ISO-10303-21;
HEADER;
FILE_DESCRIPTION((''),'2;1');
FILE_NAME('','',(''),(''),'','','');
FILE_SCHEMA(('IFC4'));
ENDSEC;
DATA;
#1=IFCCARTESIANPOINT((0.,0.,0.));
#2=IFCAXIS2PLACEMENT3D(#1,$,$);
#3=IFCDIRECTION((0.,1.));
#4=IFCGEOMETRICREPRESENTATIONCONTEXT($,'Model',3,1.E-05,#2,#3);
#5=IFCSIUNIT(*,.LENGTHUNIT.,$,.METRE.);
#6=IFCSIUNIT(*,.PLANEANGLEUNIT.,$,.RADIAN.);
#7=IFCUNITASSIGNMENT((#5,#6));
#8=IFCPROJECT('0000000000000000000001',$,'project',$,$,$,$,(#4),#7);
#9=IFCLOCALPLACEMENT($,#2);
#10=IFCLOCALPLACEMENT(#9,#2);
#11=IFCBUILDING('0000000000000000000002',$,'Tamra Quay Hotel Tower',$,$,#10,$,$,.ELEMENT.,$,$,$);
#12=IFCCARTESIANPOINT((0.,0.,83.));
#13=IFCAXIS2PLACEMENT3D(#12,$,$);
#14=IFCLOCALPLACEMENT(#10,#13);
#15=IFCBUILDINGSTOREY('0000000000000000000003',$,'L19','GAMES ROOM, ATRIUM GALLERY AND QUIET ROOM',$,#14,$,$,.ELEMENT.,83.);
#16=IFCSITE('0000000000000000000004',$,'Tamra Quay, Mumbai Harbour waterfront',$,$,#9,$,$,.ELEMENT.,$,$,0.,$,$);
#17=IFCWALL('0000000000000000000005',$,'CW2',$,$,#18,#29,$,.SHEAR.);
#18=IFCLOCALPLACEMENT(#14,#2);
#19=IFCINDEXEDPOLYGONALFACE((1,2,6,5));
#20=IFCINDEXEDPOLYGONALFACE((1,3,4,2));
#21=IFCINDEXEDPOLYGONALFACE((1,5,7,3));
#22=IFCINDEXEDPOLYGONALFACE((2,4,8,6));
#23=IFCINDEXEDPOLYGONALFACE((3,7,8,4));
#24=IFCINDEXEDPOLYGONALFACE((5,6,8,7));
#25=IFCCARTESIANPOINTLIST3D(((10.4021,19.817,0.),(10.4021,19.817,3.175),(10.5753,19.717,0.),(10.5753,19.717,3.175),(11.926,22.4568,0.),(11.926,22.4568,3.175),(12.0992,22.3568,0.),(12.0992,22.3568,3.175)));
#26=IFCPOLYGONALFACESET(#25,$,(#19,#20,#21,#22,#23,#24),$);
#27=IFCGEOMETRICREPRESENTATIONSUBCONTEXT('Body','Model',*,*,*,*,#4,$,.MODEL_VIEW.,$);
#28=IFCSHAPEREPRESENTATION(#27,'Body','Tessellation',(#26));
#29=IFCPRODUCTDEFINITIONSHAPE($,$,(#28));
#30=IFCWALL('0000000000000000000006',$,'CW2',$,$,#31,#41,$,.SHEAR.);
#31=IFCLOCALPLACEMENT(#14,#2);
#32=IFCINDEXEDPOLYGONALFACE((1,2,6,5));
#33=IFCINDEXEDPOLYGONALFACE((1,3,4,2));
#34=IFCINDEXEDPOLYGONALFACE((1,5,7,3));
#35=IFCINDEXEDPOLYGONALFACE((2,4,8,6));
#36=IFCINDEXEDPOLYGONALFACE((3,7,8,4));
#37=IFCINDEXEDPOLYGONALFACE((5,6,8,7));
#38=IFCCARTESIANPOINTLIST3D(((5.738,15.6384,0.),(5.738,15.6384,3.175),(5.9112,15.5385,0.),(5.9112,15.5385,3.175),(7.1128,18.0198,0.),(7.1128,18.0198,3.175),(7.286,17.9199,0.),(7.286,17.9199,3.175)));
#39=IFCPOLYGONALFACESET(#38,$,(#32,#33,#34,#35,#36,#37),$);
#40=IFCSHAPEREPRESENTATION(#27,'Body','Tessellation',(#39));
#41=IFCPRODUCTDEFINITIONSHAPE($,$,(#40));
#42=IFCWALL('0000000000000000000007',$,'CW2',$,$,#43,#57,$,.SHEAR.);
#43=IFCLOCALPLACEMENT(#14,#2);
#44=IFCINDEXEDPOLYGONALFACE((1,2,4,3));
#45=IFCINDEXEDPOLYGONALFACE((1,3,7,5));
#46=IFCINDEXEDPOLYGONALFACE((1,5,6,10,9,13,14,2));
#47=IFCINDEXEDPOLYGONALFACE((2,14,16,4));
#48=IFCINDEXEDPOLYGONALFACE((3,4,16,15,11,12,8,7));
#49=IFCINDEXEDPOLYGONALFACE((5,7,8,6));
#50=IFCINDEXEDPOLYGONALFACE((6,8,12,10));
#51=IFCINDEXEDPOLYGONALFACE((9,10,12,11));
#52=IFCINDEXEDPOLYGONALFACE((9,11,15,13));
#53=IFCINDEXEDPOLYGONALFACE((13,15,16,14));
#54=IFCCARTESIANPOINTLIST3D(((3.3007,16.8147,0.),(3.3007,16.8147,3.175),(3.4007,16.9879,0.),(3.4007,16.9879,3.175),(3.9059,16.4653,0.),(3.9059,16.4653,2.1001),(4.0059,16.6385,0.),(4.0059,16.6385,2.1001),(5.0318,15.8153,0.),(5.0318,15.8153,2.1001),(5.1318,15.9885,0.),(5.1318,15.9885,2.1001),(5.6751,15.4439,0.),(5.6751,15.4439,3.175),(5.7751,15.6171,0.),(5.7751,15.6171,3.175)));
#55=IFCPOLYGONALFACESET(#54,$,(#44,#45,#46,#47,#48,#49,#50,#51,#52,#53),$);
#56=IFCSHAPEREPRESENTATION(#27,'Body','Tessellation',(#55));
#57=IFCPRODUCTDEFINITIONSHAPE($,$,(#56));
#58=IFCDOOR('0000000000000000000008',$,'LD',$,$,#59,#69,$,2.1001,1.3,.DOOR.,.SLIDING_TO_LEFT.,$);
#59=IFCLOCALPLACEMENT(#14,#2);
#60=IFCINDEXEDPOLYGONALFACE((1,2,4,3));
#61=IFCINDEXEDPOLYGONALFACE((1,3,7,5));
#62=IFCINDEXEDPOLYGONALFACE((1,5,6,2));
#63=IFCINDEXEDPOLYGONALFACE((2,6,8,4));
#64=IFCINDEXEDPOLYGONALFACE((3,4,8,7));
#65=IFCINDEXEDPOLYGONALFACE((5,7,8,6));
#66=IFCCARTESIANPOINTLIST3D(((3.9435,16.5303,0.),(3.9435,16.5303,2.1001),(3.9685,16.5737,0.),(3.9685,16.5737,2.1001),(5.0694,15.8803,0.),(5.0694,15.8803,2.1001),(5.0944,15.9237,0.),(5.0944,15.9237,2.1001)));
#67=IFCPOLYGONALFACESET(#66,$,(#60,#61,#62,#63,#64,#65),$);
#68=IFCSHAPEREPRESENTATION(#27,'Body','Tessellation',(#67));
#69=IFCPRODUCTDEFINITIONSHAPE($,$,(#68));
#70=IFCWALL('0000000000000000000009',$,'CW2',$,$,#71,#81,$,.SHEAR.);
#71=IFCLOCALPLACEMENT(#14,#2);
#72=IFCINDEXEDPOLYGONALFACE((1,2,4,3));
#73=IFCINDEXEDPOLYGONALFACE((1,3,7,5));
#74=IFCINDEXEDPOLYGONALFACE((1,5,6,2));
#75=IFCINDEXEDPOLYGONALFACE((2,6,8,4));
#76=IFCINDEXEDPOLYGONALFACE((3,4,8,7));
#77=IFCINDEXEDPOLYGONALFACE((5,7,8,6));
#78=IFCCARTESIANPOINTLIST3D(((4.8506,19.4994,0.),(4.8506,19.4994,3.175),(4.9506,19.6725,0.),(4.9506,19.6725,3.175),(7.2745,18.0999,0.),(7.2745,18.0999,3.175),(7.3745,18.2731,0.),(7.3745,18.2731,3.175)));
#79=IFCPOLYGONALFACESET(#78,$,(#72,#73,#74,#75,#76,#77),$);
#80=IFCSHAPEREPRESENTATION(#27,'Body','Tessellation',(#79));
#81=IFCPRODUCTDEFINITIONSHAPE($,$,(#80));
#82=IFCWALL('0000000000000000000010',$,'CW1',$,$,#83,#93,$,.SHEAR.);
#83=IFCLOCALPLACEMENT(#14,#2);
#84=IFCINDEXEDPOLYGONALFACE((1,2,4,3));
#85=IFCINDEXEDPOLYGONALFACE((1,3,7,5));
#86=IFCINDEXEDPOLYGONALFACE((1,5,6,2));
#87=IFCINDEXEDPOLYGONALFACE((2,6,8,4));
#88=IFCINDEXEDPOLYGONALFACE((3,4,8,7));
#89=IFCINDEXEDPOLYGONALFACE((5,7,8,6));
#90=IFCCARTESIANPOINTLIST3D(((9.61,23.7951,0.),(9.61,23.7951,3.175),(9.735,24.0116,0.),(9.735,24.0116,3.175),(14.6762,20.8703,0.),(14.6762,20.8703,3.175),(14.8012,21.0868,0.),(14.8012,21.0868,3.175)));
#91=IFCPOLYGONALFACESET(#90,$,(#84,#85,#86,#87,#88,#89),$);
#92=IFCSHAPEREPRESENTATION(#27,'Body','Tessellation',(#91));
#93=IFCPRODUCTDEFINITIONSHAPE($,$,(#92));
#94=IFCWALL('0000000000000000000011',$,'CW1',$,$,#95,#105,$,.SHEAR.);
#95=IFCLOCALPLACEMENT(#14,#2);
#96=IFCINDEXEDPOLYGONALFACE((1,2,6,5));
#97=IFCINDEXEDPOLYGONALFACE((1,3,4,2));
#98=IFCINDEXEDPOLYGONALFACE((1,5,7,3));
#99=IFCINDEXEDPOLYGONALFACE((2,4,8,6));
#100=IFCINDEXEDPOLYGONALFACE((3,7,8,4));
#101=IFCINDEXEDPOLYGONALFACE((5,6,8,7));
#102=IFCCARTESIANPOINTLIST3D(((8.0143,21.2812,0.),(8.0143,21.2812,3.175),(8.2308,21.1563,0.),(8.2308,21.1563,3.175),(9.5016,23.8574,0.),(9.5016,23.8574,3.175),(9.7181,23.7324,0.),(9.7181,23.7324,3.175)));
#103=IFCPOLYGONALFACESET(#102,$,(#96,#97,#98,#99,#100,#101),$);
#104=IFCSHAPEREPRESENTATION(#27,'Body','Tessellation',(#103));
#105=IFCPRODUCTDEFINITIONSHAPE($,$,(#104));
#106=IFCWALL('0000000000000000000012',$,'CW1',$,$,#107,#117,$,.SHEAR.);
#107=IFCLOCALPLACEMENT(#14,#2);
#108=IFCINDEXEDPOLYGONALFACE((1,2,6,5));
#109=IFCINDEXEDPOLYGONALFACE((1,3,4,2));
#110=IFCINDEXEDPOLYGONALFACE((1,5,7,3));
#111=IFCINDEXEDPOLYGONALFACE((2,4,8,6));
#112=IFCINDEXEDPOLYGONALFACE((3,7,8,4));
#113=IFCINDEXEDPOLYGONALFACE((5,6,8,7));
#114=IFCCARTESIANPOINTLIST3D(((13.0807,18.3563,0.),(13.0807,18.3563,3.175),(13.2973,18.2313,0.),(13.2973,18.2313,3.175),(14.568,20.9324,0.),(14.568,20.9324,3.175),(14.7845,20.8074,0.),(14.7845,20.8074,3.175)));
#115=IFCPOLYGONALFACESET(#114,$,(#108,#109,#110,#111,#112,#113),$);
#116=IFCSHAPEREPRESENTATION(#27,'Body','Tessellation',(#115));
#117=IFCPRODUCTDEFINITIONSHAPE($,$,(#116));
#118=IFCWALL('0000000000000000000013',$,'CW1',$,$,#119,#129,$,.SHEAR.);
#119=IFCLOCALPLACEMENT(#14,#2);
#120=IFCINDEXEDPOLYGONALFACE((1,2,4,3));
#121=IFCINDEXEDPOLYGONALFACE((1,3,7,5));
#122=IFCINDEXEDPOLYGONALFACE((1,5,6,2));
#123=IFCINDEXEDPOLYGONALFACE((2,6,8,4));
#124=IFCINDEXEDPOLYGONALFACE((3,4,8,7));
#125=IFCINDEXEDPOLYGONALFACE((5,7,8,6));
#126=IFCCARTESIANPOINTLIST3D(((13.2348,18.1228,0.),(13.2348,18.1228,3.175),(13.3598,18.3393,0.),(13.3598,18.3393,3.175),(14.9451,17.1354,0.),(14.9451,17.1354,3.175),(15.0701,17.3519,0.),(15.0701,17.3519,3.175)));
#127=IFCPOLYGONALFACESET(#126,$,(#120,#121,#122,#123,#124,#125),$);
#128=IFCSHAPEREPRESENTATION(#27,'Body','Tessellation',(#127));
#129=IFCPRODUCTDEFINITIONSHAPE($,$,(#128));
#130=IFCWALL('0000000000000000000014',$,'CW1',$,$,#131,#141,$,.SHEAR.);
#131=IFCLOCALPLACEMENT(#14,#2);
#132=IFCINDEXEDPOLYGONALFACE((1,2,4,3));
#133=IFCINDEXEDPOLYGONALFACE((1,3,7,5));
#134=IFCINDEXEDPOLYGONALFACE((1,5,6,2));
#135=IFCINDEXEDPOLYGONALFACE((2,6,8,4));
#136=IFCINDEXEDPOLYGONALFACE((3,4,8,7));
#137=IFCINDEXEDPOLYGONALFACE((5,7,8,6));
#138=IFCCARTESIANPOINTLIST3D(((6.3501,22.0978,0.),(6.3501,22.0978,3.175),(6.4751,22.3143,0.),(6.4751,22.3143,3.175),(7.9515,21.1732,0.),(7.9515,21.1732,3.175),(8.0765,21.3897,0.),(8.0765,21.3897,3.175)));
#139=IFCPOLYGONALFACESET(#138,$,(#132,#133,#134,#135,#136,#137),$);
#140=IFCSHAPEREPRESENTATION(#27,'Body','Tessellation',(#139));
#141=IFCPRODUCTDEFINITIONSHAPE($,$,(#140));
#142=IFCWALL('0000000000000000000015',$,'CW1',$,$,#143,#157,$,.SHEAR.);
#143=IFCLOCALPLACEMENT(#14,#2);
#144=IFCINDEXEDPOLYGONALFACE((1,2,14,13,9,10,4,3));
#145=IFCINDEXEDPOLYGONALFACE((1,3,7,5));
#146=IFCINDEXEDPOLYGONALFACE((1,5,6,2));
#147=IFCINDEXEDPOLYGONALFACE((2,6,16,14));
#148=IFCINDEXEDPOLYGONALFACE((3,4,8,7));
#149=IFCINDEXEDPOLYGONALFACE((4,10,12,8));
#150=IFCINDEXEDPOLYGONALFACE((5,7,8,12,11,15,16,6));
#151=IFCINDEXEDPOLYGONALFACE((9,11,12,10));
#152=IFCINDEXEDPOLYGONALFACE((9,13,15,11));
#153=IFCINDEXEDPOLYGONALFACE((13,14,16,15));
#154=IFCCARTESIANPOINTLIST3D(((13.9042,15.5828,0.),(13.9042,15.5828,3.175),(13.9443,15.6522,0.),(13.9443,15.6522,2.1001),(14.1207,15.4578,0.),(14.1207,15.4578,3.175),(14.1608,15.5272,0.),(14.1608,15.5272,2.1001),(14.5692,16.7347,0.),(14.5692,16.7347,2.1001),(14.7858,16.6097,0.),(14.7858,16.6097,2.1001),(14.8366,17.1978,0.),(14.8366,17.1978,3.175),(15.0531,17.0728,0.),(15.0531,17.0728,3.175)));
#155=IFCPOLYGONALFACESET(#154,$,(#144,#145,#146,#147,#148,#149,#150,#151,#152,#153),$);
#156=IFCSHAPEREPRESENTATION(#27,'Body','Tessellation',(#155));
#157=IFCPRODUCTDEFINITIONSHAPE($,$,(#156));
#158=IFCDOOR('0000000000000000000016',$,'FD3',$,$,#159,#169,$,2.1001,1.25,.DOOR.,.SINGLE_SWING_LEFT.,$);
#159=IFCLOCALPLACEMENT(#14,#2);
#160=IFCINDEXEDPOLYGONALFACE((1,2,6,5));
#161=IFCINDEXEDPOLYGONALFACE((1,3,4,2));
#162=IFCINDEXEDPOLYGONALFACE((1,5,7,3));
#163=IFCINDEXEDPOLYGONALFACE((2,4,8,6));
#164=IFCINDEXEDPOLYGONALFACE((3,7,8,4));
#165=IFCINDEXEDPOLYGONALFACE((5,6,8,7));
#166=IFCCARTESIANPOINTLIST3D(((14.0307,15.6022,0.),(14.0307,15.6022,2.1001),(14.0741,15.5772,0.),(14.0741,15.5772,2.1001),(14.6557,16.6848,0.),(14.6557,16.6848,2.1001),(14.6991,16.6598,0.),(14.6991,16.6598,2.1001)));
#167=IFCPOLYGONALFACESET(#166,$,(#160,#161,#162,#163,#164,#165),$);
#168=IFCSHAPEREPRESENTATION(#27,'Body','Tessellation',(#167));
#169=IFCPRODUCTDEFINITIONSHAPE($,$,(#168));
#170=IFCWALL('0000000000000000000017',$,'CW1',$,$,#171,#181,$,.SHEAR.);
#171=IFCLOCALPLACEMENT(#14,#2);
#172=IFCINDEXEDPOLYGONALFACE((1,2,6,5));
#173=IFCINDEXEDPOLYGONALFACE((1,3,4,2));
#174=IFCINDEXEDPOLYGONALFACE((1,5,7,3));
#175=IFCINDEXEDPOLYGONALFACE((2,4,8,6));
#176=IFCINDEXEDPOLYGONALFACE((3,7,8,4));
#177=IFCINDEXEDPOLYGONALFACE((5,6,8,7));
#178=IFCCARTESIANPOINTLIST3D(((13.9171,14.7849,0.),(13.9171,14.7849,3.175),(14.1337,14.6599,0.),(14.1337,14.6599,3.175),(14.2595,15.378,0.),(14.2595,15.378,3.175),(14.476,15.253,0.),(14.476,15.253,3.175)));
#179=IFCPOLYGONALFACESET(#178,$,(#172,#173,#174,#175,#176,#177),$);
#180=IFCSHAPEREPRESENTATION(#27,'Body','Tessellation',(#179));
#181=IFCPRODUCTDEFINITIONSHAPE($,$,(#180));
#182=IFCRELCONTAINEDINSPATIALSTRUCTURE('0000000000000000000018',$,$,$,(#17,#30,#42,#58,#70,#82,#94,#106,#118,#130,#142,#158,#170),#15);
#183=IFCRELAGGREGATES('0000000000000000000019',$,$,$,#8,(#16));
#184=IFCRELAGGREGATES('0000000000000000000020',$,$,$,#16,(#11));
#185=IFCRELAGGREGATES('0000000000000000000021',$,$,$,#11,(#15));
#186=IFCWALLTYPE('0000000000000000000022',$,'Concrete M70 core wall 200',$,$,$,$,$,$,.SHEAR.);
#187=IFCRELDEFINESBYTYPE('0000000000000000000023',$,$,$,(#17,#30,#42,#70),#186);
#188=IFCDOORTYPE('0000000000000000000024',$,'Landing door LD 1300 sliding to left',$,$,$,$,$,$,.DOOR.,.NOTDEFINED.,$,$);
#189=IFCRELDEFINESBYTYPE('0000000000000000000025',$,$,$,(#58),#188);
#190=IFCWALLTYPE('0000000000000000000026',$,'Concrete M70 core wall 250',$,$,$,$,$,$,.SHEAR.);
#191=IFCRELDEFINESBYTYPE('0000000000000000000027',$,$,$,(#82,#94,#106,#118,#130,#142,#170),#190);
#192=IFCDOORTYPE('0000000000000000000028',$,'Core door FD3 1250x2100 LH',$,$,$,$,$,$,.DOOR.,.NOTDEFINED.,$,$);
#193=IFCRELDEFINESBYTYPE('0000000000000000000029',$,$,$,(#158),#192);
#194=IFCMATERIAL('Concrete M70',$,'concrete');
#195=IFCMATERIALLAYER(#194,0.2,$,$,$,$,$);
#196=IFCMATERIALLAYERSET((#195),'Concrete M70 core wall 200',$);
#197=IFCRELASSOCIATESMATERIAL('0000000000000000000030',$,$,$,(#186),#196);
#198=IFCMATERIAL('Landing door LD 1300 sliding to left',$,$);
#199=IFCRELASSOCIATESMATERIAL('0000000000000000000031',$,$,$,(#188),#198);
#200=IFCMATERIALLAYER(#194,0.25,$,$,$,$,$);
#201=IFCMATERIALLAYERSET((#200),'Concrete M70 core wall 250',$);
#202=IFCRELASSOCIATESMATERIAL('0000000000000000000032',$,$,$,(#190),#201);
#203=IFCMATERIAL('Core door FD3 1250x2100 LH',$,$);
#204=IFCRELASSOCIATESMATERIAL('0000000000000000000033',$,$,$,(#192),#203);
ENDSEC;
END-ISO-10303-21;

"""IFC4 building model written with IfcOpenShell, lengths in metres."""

from ifc_helpers import new_model, si_unit, direction, frame, frame_2d, origin, place, context, subcontext, project, spatial, rectangle, extrude, material, layer, layer_set, type_object, element, fill, save


model = new_model("IFC4")

# Units and contexts
model_context = context("Model", 3, precision=1e-05, world=origin(), true_north=direction((0.0, 1.0)))
body_context = subcontext(model_context, "Body", "Model", "MODEL_VIEW")
ifc_project = project(units=[si_unit("LENGTHUNIT", "METRE"), si_unit("PLANEANGLEUNIT", "RADIAN")], contexts=[model_context])

# Site, building, storey
site_placement = place(None, origin())
site = spatial("IfcSite", under=ifc_project, at=site_placement, Name="Tamra Quay, Mumbai Harbour waterfront", CompositionType="ELEMENT", RefElevation=0.0)
building_placement = place(site_placement, origin())
building = spatial("IfcBuilding", under=site, at=building_placement, Name="Tamra Quay Hotel Tower", CompositionType="ELEMENT")
storey_placement = place(building_placement, frame((0.0, 0.0, 83.0)))
storey = spatial("IfcBuildingStorey", under=building, at=storey_placement, Name="L19", Description="GAMES ROOM, ATRIUM GALLERY AND QUIET ROOM", CompositionType="ELEMENT", Elevation=83.0)

# Shared definitions
ifc_material_1 = material(Name="Concrete M70", Category="concrete")

# Shared definitions
ifc_layer_1 = layer(ifc_material_1, 0.2)
ifc_layer_set_1 = layer_set([ifc_layer_1], Name="Concrete M70 core wall 200")
wall_type_1 = type_object("IfcWallType", Name="Concrete M70 core wall 200", PredefinedType="SHEAR", material=ifc_layer_set_1)

# Walls
wall_1_placement = place(storey_placement, frame((10.4888, 19.7671, 0.0), z_axis=(0.0, 0.0, 1.0), x_axis=(0.499947, 0.866056, 0.0)))
element("IfcWall", 1, at=wall_1_placement, inside=storey, type_object=wall_type_1, Name="CW2", PredefinedType="SHEAR", context=body_context, shape_type="SweptSolid", body=[
    extrude(rectangle(XDim=3.0481, YDim=0.2, at=frame_2d((1.5239, 0.0))), origin(), (0.0, 0.0, 1.0), 3.175),
])
wall_2_placement = place(storey_placement, frame((7.1995, 17.97, 0.0), z_axis=(0.0, 0.0, 1.0), x_axis=(-0.499968, -0.866044, 0.0)))
element("IfcWall", 2, at=wall_2_placement, inside=storey, type_object=wall_type_1, Name="CW2", PredefinedType="SHEAR", context=body_context, shape_type="SweptSolid", body=[
    extrude(rectangle(XDim=2.7498, YDim=0.2, at=frame_2d((1.375, 0.0))), origin(), (0.0, 0.0, 1.0), 3.175),
])

# Wall, opening, door
wall_3_placement = place(storey_placement, frame((5.7251, 15.5305, 0.0), z_axis=(0.0, 0.0, 1.0), x_axis=(-0.866037, 0.499979, 0.0)))
wall_3 = element("IfcWall", 3, at=wall_3_placement, inside=storey, type_object=wall_type_1, Name="CW2", PredefinedType="SHEAR", context=body_context, shape_type="SweptSolid", body=[
    extrude(rectangle(XDim=2.7417, YDim=0.2, at=frame_2d((1.3708, 0.0))), origin(), (0.0, 0.0, 1.0), 3.175),
])
opening_1_placement = place(wall_3_placement, frame((0.7429, 0.0, 0.0)))
opening_1 = element("IfcOpeningElement", 4, at=opening_1_placement, cuts=wall_3, PredefinedType="OPENING", context=body_context, shape_type="SweptSolid", body=[
    extrude(rectangle(XDim=1.3, YDim=2.1001, at=frame_2d((0.6499, 1.05))), frame((0.0, 0.1099, 0.0), z_axis=(0.0, -1.0, 0.0), x_axis=(1.0, 0.0, 0.0)), (0.0, 0.0, 1.0), 0.22),
])
ifc_material_2 = material(Name="Landing door LD 1300 sliding to left")
door_type_1 = type_object("IfcDoorType", Name="Landing door LD 1300 sliding to left", OperationType="NOTDEFINED", PredefinedType="DOOR", material=ifc_material_2)
door_1_placement = place(opening_1_placement, origin())
door_1 = element("IfcDoor", 5, at=door_1_placement, inside=storey, type_object=door_type_1, Name="LD", OperationType="SLIDING_TO_LEFT", OverallHeight=2.1001, OverallWidth=1.3, PredefinedType="DOOR", context=body_context, shape_type="SweptSolid", body=[
    extrude(rectangle(XDim=1.3, YDim=2.1001, at=frame_2d((0.6499, 1.05))), frame((0.0, 0.0249, 0.0), z_axis=(0.0, -1.0, 0.0), x_axis=(1.0, 0.0, 0.0)), (0.0, 0.0, 1.0), 0.05),
])
fill(opening_1, door_1)

# Walls
wall_4_placement = place(storey_placement, frame((4.9006, 19.5859, 0.0), z_axis=(0.0, 0.0, 1.0), x_axis=(0.866023, -0.500004, 0.0)))
element("IfcWall", 6, at=wall_4_placement, inside=storey, type_object=wall_type_1, Name="CW2", PredefinedType="SHEAR", context=body_context, shape_type="SweptSolid", body=[
    extrude(rectangle(XDim=2.7988, YDim=0.2, at=frame_2d((1.3994, 0.0))), origin(), (0.0, 0.0, 1.0), 3.175),
])
ifc_layer_2 = layer(ifc_material_1, 0.25)
ifc_layer_set_2 = layer_set([ifc_layer_2], Name="Concrete M70 core wall 250")
wall_type_2 = type_object("IfcWallType", Name="Concrete M70 core wall 250", PredefinedType="SHEAR", material=ifc_layer_set_2)
wall_5_placement = place(storey_placement, frame((9.6726, 23.9033, 0.0), z_axis=(0.0, 0.0, 1.0), x_axis=(0.866036, -0.499981, 0.0)))
element("IfcWall", 7, at=wall_5_placement, inside=storey, type_object=wall_type_2, Name="CW1", PredefinedType="SHEAR", context=body_context, shape_type="SweptSolid", body=[
    extrude(rectangle(XDim=5.8499, YDim=0.25, at=frame_2d((2.9248, 0.0))), origin(), (0.0, 0.0, 1.0), 3.175),
])
for number, where, z_axis, x_axis, name in (
    (8, (8.1226, 21.2188, 0.0), (0.0, 0.0, 1.0), (0.499988, 0.866033, 0.0), "CW1"),
    (9, (14.6763, 20.8699, 0.0), (0.0, 0.0, 1.0), (-0.499988, -0.866033, 0.0), "CW1"),
):
    element("IfcWall", number, at=place(storey_placement, frame(where, z_axis=z_axis, x_axis=x_axis)), inside=storey, type_object=wall_type_2, Name=name, PredefinedType="SHEAR", context=body_context, shape_type="SweptSolid", body=[
        extrude(rectangle(XDim=2.9746, YDim=0.25, at=frame_2d((1.4873, 0.0))), origin(), (0.0, 0.0, 1.0), 3.175),
    ])
wall_6_placement = place(storey_placement, frame((13.2974, 18.231, 0.0), z_axis=(0.0, 0.0, 1.0), x_axis=(0.866044, -0.499969, 0.0)))
element("IfcWall", 10, at=wall_6_placement, inside=storey, type_object=wall_type_2, Name="CW1", PredefinedType="SHEAR", context=body_context, shape_type="SweptSolid", body=[
    extrude(rectangle(XDim=1.9749, YDim=0.25, at=frame_2d((0.9873, 0.0))), origin(), (0.0, 0.0, 1.0), 3.175),
])
wall_7_placement = place(storey_placement, frame((6.4126, 22.2061, 0.0), z_axis=(0.0, 0.0, 1.0), x_axis=(0.866016, -0.500016, 0.0)))
element("IfcWall", 11, at=wall_7_placement, inside=storey, type_object=wall_type_2, Name="CW1", PredefinedType="SHEAR", context=body_context, shape_type="SweptSolid", body=[
    extrude(rectangle(XDim=1.8491, YDim=0.25, at=frame_2d((0.9246, 0.0))), origin(), (0.0, 0.0, 1.0), 3.175),
])

# Wall, opening, door
wall_8_placement = place(storey_placement, frame((14.9448, 17.1353, 0.0), z_axis=(0.0, 0.0, 1.0), x_axis=(-0.499983, -0.866035, 0.0)))
wall_8 = element("IfcWall", 12, at=wall_8_placement, inside=storey, type_object=wall_type_2, Name="CW1", PredefinedType="SHEAR", context=body_context, shape_type="SweptSolid", body=[
    extrude(rectangle(XDim=1.8647, YDim=0.25, at=frame_2d((0.9324, 0.0))), origin(), (0.0, 0.0, 1.0), 3.175),
])
opening_2_placement = place(wall_8_placement, frame((0.5347, 0.0, 0.0)))
opening_2 = element("IfcOpeningElement", 13, at=opening_2_placement, cuts=wall_8, PredefinedType="OPENING", context=body_context, shape_type="SweptSolid", body=[
    extrude(rectangle(XDim=1.25, YDim=2.1001, at=frame_2d((0.625, 1.05))), frame((0.0, 0.135, 0.0), z_axis=(0.0, -1.0, 0.0), x_axis=(1.0, 0.0, 0.0)), (0.0, 0.0, 1.0), 0.27),
])
ifc_material_3 = material(Name="Core door FD3 1250x2100 LH")
door_type_2 = type_object("IfcDoorType", Name="Core door FD3 1250x2100 LH", OperationType="NOTDEFINED", PredefinedType="DOOR", material=ifc_material_3)
door_2_placement = place(opening_2_placement, origin())
door_2 = element("IfcDoor", 14, at=door_2_placement, inside=storey, type_object=door_type_2, Name="FD3", OperationType="SINGLE_SWING_LEFT", OverallHeight=2.1001, OverallWidth=1.25, PredefinedType="DOOR", context=body_context, shape_type="SweptSolid", body=[
    extrude(rectangle(XDim=1.25, YDim=2.1001, at=frame_2d((0.625, 1.05))), frame((0.0, 0.0249, 0.0), z_axis=(0.0, -1.0, 0.0), x_axis=(1.0, 0.0, 0.0)), (0.0, 0.0, 1.0), 0.05),
])
fill(opening_2, door_2)

# Wall
wall_9_placement = place(storey_placement, frame((14.3677, 15.3154, 0.0), z_axis=(0.0, 0.0, 1.0), x_axis=(-0.499897, -0.866085, 0.0)))
element("IfcWall", 15, at=wall_9_placement, inside=storey, type_object=wall_type_2, Name="CW1", PredefinedType="SHEAR", context=body_context, shape_type="SweptSolid", body=[
    extrude(rectangle(XDim=0.6848, YDim=0.25, at=frame_2d((0.3423, 0.0))), origin(), (0.0, 0.0, 1.0), 3.175),
])

save(model, "model.ifc")
